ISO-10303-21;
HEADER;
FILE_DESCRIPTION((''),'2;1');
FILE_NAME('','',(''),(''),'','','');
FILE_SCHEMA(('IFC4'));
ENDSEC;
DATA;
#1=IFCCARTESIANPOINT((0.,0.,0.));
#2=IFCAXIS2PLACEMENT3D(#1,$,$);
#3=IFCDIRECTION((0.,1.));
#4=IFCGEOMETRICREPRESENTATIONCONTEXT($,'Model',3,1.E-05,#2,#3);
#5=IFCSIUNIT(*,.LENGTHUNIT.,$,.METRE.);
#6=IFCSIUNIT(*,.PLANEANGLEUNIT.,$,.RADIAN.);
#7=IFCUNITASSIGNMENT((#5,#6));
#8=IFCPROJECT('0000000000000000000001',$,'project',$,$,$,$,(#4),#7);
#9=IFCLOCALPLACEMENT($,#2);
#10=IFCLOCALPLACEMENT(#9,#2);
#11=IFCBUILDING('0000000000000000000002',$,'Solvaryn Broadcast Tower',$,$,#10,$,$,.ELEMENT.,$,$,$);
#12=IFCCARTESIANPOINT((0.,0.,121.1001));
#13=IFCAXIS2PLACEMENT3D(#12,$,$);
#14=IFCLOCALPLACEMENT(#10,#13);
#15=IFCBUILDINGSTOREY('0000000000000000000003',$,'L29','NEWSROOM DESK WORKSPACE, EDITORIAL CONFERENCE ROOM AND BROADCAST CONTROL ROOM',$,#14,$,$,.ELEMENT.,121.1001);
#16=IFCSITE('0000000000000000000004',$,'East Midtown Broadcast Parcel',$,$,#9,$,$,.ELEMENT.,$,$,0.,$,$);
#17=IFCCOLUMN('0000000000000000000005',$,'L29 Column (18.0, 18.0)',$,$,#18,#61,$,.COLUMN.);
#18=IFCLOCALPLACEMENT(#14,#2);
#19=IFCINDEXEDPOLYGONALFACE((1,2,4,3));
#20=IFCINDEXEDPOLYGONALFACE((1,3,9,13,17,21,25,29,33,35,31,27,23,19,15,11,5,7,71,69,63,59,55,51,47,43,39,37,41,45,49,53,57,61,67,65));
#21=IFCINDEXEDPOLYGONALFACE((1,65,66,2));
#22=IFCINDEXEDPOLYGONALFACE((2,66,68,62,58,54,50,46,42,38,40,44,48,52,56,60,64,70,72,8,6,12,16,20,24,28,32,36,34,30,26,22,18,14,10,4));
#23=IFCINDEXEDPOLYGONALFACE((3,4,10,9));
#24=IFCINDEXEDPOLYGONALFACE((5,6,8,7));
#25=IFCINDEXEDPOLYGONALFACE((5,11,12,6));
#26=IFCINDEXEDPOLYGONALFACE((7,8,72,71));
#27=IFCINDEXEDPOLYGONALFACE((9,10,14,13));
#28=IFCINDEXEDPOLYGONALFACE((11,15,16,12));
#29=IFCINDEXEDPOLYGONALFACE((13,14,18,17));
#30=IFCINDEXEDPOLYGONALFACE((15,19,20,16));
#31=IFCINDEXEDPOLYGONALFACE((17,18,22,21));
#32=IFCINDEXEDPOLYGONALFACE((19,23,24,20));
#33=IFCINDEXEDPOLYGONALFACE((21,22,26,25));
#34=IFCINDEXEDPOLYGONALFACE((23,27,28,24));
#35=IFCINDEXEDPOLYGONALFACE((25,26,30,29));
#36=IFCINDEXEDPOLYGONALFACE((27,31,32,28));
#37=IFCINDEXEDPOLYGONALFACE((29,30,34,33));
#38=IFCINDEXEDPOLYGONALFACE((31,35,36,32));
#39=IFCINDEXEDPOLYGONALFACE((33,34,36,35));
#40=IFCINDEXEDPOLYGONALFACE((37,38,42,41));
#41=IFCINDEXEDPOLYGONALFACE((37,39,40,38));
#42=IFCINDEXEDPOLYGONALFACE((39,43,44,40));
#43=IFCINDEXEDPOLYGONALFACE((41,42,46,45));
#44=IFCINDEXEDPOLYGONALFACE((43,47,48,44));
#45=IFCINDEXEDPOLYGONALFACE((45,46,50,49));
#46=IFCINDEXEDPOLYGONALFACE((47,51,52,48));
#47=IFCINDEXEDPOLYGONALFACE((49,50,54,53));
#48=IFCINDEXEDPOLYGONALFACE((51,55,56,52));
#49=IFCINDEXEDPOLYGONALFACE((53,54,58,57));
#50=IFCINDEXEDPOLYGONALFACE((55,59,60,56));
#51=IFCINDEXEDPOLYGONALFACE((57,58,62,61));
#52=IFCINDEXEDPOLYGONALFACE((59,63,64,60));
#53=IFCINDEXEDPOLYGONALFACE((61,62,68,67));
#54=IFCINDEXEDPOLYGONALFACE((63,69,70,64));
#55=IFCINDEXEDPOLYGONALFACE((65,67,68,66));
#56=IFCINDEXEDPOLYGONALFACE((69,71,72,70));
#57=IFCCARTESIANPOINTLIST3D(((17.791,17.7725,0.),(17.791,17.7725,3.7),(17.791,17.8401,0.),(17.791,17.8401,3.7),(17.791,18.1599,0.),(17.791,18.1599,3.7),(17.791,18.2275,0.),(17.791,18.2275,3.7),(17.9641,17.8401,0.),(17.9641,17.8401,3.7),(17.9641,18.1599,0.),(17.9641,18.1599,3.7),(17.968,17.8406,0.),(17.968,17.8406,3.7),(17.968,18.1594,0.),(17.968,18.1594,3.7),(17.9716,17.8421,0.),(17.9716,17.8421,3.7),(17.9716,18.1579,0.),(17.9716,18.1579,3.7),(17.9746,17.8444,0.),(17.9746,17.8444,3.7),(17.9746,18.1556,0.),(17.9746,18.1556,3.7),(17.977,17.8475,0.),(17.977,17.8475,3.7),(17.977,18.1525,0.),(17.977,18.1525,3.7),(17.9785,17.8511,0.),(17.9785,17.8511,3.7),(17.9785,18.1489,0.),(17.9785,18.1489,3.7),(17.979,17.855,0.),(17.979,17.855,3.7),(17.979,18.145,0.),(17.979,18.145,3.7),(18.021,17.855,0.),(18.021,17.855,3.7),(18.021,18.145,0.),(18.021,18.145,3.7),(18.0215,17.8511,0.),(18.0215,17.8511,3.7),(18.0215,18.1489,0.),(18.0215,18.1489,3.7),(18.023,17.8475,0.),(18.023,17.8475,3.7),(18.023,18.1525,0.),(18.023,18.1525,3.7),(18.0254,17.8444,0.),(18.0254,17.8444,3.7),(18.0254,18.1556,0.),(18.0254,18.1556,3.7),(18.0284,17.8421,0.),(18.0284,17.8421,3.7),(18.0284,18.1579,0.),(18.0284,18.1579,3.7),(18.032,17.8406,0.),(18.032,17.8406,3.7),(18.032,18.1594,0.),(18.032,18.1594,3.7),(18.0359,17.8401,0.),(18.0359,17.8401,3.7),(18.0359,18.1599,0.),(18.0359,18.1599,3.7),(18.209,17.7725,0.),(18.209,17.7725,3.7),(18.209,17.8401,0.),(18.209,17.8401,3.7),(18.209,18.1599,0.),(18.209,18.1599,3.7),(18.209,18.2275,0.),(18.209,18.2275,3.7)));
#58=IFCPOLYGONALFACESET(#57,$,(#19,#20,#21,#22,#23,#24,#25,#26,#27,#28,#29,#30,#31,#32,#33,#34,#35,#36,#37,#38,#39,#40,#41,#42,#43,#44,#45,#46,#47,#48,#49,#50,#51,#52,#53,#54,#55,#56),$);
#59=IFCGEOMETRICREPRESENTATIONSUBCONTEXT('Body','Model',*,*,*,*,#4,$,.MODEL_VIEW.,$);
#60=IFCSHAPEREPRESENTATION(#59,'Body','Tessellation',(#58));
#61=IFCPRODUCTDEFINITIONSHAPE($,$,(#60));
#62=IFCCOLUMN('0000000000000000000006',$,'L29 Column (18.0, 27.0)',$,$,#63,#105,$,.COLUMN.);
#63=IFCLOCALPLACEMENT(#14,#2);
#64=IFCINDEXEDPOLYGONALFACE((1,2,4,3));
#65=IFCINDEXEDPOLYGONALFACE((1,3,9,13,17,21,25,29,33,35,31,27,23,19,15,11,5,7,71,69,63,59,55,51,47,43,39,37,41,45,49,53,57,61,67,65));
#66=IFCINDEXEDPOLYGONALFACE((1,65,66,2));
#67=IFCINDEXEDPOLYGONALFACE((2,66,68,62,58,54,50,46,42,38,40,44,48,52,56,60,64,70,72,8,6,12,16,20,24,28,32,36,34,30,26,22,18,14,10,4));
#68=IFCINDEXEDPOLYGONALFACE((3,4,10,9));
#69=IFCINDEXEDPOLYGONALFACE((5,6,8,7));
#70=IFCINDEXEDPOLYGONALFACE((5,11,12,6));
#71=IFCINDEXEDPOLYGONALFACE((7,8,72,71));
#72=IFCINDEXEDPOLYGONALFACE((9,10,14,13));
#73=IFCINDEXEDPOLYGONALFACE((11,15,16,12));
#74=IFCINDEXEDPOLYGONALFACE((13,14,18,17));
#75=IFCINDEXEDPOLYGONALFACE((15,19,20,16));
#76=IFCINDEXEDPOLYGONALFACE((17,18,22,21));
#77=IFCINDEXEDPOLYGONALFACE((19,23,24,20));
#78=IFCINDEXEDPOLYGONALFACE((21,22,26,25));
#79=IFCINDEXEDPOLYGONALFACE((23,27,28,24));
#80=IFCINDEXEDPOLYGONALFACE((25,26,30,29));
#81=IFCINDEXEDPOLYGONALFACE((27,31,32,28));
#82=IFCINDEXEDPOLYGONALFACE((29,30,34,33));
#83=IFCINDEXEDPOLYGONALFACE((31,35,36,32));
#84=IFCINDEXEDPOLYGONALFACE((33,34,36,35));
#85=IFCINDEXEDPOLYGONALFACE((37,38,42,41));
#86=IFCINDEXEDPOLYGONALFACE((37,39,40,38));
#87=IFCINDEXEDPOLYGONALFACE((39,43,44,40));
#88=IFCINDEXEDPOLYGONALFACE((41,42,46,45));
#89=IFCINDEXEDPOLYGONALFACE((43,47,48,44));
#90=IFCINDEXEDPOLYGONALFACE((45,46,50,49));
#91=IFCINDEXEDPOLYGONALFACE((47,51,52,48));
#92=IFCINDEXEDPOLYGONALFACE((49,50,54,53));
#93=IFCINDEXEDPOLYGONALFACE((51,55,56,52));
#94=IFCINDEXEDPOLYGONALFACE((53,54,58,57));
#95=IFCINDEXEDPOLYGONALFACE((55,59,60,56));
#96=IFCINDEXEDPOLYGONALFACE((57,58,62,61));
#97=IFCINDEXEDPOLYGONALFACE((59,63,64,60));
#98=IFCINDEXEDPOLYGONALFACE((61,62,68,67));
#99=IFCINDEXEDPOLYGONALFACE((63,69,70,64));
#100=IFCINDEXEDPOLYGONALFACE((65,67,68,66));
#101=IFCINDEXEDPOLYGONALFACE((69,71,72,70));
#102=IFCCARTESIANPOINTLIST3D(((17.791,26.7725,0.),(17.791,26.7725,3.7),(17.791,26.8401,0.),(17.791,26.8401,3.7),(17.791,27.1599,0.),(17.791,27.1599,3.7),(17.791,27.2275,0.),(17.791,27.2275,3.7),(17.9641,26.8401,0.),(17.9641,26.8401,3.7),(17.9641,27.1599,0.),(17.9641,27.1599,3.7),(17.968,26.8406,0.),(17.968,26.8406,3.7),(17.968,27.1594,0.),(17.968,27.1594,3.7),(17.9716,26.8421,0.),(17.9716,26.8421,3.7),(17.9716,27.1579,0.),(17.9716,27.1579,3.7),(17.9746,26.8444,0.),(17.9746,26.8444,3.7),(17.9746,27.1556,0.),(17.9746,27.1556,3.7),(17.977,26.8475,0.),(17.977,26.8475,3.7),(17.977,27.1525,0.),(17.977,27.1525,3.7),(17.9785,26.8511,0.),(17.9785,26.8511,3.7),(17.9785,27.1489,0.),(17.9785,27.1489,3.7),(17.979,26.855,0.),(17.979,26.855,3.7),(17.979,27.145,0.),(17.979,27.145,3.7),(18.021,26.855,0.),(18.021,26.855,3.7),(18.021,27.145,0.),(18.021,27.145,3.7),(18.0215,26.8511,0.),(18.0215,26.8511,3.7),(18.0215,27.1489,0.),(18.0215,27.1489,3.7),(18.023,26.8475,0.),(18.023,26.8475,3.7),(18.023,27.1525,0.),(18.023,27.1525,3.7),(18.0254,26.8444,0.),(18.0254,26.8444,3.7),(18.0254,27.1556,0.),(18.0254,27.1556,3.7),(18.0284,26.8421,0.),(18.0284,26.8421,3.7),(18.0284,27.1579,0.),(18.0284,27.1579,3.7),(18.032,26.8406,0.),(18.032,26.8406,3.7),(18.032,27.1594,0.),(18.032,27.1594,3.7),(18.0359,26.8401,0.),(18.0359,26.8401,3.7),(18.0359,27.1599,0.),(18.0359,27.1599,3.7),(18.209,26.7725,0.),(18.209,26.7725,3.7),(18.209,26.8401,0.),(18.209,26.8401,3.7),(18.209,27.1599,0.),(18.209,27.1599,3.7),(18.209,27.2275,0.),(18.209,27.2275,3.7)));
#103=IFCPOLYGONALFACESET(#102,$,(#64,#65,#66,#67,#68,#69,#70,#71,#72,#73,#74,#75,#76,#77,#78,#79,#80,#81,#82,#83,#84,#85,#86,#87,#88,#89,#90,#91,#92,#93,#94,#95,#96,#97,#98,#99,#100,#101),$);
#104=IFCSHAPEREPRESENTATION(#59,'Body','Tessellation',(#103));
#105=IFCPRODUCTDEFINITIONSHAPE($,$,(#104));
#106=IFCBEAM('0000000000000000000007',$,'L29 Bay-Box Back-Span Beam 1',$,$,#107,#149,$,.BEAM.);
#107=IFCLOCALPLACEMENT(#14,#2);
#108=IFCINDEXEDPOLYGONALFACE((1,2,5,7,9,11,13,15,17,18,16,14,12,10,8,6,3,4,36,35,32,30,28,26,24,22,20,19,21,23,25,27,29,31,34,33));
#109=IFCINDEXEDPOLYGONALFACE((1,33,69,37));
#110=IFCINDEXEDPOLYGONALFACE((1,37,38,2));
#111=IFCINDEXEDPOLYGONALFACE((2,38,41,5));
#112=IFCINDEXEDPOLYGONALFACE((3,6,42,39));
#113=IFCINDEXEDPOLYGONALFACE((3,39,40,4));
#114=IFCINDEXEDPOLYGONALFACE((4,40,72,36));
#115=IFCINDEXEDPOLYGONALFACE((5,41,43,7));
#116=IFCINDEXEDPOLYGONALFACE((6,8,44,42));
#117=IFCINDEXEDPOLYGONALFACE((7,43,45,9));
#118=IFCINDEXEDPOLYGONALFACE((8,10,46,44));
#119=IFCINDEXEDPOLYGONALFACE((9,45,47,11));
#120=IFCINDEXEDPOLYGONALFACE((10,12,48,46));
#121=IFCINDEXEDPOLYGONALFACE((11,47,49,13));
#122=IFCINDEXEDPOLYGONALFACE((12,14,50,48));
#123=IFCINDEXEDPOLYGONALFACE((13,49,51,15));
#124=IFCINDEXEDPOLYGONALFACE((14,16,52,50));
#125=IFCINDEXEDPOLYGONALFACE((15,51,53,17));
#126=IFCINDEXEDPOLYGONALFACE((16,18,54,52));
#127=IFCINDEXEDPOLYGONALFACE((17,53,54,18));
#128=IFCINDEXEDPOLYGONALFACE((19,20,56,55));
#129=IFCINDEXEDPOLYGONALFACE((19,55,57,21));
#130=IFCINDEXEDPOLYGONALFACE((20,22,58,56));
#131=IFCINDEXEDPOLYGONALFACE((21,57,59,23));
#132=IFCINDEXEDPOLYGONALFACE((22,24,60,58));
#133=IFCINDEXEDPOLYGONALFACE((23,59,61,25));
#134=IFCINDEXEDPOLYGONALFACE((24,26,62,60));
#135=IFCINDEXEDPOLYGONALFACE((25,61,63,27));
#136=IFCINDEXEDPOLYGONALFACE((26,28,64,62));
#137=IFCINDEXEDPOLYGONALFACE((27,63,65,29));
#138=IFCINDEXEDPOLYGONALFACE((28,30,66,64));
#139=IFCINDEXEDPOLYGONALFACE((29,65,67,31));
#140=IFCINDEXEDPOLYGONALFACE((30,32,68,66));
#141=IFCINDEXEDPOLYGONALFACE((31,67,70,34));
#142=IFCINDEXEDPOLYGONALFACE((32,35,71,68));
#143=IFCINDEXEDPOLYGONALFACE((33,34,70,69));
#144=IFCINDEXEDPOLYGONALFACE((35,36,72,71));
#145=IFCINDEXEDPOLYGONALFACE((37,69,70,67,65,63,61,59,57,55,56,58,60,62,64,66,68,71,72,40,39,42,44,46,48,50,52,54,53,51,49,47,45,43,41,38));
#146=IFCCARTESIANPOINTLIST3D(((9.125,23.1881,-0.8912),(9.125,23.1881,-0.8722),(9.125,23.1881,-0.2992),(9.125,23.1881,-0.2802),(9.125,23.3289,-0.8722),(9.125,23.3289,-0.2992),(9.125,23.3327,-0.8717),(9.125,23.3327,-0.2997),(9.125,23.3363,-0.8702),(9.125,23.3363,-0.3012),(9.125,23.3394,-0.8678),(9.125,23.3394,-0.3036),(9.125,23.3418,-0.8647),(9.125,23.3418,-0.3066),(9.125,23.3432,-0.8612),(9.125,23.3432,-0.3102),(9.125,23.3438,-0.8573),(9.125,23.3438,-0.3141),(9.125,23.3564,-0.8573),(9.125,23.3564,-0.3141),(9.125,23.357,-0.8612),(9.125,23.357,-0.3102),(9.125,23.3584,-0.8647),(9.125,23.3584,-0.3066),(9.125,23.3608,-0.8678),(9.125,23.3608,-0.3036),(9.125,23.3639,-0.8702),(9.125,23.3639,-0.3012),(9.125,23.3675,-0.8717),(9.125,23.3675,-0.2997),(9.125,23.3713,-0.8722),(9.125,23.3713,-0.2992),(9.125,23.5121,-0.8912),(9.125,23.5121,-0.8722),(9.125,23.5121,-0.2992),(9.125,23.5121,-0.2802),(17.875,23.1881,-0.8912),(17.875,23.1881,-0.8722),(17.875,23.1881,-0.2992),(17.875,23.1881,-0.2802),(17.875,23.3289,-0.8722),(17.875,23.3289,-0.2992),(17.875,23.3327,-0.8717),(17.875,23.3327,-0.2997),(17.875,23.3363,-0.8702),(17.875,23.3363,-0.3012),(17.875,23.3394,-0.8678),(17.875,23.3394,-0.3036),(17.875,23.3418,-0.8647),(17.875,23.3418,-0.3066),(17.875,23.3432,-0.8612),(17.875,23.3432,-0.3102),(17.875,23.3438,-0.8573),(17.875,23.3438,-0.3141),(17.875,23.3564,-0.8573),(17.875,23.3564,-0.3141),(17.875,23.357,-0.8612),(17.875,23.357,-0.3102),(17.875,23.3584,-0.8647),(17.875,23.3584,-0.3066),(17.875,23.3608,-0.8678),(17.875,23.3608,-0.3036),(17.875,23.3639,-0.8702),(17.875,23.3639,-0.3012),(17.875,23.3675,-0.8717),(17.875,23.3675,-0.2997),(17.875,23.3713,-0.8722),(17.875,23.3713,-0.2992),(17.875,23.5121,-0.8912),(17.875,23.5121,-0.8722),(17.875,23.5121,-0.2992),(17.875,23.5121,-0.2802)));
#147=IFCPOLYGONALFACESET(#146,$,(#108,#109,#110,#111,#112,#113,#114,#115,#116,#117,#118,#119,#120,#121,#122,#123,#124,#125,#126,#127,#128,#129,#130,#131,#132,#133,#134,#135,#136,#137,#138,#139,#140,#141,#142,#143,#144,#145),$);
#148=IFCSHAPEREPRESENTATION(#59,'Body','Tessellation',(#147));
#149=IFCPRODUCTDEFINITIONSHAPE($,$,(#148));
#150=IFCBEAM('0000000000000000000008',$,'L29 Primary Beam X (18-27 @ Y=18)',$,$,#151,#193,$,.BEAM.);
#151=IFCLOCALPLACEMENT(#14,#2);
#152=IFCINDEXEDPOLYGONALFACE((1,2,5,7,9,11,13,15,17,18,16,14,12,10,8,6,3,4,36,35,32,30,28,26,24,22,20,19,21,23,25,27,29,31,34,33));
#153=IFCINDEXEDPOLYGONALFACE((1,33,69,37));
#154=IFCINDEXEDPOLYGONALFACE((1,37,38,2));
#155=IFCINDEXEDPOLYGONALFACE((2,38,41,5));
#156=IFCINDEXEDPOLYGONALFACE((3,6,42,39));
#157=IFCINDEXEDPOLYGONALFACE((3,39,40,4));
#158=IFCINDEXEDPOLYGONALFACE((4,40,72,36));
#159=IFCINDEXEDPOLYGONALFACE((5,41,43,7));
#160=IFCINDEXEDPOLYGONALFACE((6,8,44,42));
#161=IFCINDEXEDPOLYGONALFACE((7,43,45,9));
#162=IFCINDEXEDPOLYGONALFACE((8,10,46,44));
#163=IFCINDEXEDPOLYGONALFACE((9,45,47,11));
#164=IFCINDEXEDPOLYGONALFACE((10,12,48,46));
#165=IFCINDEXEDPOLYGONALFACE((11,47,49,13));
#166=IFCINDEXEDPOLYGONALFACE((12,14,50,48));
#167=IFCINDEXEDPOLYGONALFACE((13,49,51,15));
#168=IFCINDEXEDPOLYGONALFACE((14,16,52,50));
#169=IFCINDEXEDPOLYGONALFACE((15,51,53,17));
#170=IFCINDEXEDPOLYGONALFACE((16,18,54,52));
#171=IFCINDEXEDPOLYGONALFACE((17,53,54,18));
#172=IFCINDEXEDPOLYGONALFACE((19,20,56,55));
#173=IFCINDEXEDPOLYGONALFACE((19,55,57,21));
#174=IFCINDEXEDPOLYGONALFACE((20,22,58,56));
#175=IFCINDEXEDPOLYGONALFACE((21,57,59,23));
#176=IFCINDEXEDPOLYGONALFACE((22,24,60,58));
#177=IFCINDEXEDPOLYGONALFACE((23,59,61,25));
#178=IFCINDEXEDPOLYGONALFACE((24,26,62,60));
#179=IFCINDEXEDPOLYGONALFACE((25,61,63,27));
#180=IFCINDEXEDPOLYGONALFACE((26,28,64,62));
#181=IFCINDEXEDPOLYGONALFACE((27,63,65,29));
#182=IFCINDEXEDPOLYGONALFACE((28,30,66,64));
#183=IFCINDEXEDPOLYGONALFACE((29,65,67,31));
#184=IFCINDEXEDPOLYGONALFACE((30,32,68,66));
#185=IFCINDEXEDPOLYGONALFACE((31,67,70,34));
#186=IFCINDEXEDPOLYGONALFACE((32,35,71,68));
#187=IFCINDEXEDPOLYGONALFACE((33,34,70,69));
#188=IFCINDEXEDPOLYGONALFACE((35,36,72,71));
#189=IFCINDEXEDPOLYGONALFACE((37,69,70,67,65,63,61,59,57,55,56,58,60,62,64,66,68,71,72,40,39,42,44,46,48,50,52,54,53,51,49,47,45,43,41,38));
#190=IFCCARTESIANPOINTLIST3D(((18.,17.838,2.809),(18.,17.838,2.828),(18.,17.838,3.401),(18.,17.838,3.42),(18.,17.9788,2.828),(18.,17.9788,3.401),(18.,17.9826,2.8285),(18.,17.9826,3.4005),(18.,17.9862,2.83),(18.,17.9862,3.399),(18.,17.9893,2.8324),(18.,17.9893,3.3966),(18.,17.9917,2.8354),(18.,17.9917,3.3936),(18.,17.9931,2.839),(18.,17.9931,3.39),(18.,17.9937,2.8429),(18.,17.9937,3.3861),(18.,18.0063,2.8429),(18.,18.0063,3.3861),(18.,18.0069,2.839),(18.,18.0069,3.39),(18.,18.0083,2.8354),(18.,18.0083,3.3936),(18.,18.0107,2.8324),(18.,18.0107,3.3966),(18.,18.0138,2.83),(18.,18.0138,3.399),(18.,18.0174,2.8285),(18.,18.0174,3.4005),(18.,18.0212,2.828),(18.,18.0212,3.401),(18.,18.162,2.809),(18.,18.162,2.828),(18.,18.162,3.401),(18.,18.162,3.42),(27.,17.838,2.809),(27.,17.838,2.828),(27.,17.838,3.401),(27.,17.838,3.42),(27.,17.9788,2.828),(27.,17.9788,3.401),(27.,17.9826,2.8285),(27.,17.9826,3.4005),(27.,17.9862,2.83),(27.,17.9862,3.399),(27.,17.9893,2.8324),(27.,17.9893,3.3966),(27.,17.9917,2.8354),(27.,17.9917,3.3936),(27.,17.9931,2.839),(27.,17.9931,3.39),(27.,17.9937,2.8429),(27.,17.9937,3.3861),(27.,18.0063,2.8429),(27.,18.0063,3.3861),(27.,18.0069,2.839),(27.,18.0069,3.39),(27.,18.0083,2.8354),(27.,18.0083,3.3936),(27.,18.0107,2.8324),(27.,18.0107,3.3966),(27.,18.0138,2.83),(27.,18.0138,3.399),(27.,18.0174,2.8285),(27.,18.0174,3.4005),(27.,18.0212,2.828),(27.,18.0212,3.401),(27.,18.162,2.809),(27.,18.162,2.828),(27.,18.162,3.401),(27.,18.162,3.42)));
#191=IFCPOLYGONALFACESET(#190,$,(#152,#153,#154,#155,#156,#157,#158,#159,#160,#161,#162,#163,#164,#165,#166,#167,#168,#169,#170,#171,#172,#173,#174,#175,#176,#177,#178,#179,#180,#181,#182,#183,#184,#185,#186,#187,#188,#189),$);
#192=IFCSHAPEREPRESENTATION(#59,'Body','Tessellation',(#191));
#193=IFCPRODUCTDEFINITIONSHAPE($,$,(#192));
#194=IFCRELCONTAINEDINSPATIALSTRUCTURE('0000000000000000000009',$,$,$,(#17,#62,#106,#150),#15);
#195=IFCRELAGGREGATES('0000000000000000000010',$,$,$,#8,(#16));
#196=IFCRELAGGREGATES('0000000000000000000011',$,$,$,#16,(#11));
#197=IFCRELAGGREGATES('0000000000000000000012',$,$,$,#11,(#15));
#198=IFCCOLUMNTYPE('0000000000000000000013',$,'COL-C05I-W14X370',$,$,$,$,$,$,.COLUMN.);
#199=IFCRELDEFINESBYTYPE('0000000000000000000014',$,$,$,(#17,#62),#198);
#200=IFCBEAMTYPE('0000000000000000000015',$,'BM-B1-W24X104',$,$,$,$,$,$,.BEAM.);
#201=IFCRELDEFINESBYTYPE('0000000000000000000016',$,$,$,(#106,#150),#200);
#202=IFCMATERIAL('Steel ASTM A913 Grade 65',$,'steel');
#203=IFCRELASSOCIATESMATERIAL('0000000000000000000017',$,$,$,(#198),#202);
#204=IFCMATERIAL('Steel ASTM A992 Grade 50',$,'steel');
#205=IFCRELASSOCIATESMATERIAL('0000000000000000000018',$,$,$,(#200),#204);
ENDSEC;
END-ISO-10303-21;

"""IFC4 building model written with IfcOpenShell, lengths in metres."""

from ifc_helpers import new_model, si_unit, direction, frame, origin, origin_2d, place, context, subcontext, project, spatial, i_section, extrude, material, material_profile, profile_set, type_object, element, save


model = new_model("IFC4")

# Units and contexts
model_context = context("Model", 3, precision=1e-05, world=origin(), true_north=direction((0.0, 1.0)))
body_context = subcontext(model_context, "Body", "Model", "MODEL_VIEW")
ifc_project = project(units=[si_unit("LENGTHUNIT", "METRE"), si_unit("PLANEANGLEUNIT", "RADIAN")], contexts=[model_context])

# Site, building, storey
site_placement = place(None, origin())
site = spatial("IfcSite", under=ifc_project, at=site_placement, Name="East Midtown Broadcast Parcel", CompositionType="ELEMENT", RefElevation=0.0)
building_placement = place(site_placement, origin())
building = spatial("IfcBuilding", under=site, at=building_placement, Name="Solvaryn Broadcast Tower", CompositionType="ELEMENT")
storey_placement = place(building_placement, frame((0.0, 0.0, 121.1001)))
storey = spatial("IfcBuildingStorey", under=building, at=storey_placement, Name="L29", Description="NEWSROOM DESK WORKSPACE, EDITORIAL CONFERENCE ROOM AND BROADCAST CONTROL ROOM", CompositionType="ELEMENT", Elevation=121.1001)

# Columns
ifc_material_1 = material(Name="Steel ASTM A913 Grade 65", Category="steel")
ifc_material_profile_1 = material_profile(ifc_material_1, i_section(OverallWidth=0.418, OverallDepth=0.4551, WebThickness=0.042, FlangeThickness=0.0676, FilletRadius=0.0149, at=origin_2d()))
ifc_profile_set_1 = profile_set([ifc_material_profile_1], Name="Steel ASTM A913 Grade 65")
column_type = type_object("IfcColumnType", Name="COL-C05I-W14X370", PredefinedType="COLUMN", material=ifc_profile_set_1)
for number, where, z_axis, x_axis, name in (
    (1, (18.0, 18.0, 0.0), (0.0, 0.0, 1.0), (1.0, 0.0, 0.0), "L29 Column (18.0, 18.0)"),
    (2, (18.0, 27.0, 0.0), (0.0, 0.0, 1.0), (1.0, 0.0, 0.0), "L29 Column (18.0, 27.0)"),
):
    element("IfcColumn", number, at=place(storey_placement, frame(where, z_axis=z_axis, x_axis=x_axis)), inside=storey, type_object=column_type, Name=name, PredefinedType="COLUMN", context=body_context, shape_type="SweptSolid", body=[
        extrude(i_section(OverallWidth=0.418, OverallDepth=0.4551, WebThickness=0.042, FlangeThickness=0.0676, FilletRadius=0.0149, at=origin_2d()), origin(), (0.0, 0.0, 1.0), 3.7),
    ])

# Beams
ifc_material_2 = material(Name="Steel ASTM A992 Grade 50", Category="steel")
ifc_material_profile_2 = material_profile(ifc_material_2, i_section(OverallWidth=0.324, OverallDepth=0.6111, WebThickness=0.0127, FlangeThickness=0.019, FilletRadius=0.0149, at=origin_2d()))
ifc_profile_set_2 = profile_set([ifc_material_profile_2], Name="Steel ASTM A992 Grade 50")
beam_type_1 = type_object("IfcBeamType", Name="BM-B1-W24X104", PredefinedType="BEAM", material=ifc_profile_set_2)
beam_1_placement = place(storey_placement, frame((17.875, 23.3501, -0.5857), z_axis=(-1.0, 0.0, 0.0), x_axis=(0.0, -1.0, 0.0)))
element("IfcBeam", 3, at=beam_1_placement, inside=storey, type_object=beam_type_1, Name="L29 Bay-Box Back-Span Beam 1", PredefinedType="BEAM", context=body_context, shape_type="SweptSolid", body=[
    extrude(i_section(OverallWidth=0.324, OverallDepth=0.6111, WebThickness=0.0127, FlangeThickness=0.019, FilletRadius=0.0149, at=origin_2d()), origin(), (0.0, 0.0, 1.0), 8.75),
])
for number, where, z_axis, x_axis, name in (
    (4, (18.0, 18.0, 3.1145), (1.0, 0.0, 0.0), (0.0, 1.0, 0.0), "L29 Primary Beam X (18-27 @ Y=18)"),
):
    element("IfcBeam", number, at=place(storey_placement, frame(where, z_axis=z_axis, x_axis=x_axis)), inside=storey, type_object=beam_type_1, Name=name, PredefinedType="BEAM", context=body_context, shape_type="SweptSolid", body=[
        extrude(i_section(OverallWidth=0.324, OverallDepth=0.6111, WebThickness=0.0127, FlangeThickness=0.019, FilletRadius=0.0149, at=origin_2d()), origin(), (0.0, 0.0, 1.0), 9.0),
    ])

save(model, "model.ifc")
